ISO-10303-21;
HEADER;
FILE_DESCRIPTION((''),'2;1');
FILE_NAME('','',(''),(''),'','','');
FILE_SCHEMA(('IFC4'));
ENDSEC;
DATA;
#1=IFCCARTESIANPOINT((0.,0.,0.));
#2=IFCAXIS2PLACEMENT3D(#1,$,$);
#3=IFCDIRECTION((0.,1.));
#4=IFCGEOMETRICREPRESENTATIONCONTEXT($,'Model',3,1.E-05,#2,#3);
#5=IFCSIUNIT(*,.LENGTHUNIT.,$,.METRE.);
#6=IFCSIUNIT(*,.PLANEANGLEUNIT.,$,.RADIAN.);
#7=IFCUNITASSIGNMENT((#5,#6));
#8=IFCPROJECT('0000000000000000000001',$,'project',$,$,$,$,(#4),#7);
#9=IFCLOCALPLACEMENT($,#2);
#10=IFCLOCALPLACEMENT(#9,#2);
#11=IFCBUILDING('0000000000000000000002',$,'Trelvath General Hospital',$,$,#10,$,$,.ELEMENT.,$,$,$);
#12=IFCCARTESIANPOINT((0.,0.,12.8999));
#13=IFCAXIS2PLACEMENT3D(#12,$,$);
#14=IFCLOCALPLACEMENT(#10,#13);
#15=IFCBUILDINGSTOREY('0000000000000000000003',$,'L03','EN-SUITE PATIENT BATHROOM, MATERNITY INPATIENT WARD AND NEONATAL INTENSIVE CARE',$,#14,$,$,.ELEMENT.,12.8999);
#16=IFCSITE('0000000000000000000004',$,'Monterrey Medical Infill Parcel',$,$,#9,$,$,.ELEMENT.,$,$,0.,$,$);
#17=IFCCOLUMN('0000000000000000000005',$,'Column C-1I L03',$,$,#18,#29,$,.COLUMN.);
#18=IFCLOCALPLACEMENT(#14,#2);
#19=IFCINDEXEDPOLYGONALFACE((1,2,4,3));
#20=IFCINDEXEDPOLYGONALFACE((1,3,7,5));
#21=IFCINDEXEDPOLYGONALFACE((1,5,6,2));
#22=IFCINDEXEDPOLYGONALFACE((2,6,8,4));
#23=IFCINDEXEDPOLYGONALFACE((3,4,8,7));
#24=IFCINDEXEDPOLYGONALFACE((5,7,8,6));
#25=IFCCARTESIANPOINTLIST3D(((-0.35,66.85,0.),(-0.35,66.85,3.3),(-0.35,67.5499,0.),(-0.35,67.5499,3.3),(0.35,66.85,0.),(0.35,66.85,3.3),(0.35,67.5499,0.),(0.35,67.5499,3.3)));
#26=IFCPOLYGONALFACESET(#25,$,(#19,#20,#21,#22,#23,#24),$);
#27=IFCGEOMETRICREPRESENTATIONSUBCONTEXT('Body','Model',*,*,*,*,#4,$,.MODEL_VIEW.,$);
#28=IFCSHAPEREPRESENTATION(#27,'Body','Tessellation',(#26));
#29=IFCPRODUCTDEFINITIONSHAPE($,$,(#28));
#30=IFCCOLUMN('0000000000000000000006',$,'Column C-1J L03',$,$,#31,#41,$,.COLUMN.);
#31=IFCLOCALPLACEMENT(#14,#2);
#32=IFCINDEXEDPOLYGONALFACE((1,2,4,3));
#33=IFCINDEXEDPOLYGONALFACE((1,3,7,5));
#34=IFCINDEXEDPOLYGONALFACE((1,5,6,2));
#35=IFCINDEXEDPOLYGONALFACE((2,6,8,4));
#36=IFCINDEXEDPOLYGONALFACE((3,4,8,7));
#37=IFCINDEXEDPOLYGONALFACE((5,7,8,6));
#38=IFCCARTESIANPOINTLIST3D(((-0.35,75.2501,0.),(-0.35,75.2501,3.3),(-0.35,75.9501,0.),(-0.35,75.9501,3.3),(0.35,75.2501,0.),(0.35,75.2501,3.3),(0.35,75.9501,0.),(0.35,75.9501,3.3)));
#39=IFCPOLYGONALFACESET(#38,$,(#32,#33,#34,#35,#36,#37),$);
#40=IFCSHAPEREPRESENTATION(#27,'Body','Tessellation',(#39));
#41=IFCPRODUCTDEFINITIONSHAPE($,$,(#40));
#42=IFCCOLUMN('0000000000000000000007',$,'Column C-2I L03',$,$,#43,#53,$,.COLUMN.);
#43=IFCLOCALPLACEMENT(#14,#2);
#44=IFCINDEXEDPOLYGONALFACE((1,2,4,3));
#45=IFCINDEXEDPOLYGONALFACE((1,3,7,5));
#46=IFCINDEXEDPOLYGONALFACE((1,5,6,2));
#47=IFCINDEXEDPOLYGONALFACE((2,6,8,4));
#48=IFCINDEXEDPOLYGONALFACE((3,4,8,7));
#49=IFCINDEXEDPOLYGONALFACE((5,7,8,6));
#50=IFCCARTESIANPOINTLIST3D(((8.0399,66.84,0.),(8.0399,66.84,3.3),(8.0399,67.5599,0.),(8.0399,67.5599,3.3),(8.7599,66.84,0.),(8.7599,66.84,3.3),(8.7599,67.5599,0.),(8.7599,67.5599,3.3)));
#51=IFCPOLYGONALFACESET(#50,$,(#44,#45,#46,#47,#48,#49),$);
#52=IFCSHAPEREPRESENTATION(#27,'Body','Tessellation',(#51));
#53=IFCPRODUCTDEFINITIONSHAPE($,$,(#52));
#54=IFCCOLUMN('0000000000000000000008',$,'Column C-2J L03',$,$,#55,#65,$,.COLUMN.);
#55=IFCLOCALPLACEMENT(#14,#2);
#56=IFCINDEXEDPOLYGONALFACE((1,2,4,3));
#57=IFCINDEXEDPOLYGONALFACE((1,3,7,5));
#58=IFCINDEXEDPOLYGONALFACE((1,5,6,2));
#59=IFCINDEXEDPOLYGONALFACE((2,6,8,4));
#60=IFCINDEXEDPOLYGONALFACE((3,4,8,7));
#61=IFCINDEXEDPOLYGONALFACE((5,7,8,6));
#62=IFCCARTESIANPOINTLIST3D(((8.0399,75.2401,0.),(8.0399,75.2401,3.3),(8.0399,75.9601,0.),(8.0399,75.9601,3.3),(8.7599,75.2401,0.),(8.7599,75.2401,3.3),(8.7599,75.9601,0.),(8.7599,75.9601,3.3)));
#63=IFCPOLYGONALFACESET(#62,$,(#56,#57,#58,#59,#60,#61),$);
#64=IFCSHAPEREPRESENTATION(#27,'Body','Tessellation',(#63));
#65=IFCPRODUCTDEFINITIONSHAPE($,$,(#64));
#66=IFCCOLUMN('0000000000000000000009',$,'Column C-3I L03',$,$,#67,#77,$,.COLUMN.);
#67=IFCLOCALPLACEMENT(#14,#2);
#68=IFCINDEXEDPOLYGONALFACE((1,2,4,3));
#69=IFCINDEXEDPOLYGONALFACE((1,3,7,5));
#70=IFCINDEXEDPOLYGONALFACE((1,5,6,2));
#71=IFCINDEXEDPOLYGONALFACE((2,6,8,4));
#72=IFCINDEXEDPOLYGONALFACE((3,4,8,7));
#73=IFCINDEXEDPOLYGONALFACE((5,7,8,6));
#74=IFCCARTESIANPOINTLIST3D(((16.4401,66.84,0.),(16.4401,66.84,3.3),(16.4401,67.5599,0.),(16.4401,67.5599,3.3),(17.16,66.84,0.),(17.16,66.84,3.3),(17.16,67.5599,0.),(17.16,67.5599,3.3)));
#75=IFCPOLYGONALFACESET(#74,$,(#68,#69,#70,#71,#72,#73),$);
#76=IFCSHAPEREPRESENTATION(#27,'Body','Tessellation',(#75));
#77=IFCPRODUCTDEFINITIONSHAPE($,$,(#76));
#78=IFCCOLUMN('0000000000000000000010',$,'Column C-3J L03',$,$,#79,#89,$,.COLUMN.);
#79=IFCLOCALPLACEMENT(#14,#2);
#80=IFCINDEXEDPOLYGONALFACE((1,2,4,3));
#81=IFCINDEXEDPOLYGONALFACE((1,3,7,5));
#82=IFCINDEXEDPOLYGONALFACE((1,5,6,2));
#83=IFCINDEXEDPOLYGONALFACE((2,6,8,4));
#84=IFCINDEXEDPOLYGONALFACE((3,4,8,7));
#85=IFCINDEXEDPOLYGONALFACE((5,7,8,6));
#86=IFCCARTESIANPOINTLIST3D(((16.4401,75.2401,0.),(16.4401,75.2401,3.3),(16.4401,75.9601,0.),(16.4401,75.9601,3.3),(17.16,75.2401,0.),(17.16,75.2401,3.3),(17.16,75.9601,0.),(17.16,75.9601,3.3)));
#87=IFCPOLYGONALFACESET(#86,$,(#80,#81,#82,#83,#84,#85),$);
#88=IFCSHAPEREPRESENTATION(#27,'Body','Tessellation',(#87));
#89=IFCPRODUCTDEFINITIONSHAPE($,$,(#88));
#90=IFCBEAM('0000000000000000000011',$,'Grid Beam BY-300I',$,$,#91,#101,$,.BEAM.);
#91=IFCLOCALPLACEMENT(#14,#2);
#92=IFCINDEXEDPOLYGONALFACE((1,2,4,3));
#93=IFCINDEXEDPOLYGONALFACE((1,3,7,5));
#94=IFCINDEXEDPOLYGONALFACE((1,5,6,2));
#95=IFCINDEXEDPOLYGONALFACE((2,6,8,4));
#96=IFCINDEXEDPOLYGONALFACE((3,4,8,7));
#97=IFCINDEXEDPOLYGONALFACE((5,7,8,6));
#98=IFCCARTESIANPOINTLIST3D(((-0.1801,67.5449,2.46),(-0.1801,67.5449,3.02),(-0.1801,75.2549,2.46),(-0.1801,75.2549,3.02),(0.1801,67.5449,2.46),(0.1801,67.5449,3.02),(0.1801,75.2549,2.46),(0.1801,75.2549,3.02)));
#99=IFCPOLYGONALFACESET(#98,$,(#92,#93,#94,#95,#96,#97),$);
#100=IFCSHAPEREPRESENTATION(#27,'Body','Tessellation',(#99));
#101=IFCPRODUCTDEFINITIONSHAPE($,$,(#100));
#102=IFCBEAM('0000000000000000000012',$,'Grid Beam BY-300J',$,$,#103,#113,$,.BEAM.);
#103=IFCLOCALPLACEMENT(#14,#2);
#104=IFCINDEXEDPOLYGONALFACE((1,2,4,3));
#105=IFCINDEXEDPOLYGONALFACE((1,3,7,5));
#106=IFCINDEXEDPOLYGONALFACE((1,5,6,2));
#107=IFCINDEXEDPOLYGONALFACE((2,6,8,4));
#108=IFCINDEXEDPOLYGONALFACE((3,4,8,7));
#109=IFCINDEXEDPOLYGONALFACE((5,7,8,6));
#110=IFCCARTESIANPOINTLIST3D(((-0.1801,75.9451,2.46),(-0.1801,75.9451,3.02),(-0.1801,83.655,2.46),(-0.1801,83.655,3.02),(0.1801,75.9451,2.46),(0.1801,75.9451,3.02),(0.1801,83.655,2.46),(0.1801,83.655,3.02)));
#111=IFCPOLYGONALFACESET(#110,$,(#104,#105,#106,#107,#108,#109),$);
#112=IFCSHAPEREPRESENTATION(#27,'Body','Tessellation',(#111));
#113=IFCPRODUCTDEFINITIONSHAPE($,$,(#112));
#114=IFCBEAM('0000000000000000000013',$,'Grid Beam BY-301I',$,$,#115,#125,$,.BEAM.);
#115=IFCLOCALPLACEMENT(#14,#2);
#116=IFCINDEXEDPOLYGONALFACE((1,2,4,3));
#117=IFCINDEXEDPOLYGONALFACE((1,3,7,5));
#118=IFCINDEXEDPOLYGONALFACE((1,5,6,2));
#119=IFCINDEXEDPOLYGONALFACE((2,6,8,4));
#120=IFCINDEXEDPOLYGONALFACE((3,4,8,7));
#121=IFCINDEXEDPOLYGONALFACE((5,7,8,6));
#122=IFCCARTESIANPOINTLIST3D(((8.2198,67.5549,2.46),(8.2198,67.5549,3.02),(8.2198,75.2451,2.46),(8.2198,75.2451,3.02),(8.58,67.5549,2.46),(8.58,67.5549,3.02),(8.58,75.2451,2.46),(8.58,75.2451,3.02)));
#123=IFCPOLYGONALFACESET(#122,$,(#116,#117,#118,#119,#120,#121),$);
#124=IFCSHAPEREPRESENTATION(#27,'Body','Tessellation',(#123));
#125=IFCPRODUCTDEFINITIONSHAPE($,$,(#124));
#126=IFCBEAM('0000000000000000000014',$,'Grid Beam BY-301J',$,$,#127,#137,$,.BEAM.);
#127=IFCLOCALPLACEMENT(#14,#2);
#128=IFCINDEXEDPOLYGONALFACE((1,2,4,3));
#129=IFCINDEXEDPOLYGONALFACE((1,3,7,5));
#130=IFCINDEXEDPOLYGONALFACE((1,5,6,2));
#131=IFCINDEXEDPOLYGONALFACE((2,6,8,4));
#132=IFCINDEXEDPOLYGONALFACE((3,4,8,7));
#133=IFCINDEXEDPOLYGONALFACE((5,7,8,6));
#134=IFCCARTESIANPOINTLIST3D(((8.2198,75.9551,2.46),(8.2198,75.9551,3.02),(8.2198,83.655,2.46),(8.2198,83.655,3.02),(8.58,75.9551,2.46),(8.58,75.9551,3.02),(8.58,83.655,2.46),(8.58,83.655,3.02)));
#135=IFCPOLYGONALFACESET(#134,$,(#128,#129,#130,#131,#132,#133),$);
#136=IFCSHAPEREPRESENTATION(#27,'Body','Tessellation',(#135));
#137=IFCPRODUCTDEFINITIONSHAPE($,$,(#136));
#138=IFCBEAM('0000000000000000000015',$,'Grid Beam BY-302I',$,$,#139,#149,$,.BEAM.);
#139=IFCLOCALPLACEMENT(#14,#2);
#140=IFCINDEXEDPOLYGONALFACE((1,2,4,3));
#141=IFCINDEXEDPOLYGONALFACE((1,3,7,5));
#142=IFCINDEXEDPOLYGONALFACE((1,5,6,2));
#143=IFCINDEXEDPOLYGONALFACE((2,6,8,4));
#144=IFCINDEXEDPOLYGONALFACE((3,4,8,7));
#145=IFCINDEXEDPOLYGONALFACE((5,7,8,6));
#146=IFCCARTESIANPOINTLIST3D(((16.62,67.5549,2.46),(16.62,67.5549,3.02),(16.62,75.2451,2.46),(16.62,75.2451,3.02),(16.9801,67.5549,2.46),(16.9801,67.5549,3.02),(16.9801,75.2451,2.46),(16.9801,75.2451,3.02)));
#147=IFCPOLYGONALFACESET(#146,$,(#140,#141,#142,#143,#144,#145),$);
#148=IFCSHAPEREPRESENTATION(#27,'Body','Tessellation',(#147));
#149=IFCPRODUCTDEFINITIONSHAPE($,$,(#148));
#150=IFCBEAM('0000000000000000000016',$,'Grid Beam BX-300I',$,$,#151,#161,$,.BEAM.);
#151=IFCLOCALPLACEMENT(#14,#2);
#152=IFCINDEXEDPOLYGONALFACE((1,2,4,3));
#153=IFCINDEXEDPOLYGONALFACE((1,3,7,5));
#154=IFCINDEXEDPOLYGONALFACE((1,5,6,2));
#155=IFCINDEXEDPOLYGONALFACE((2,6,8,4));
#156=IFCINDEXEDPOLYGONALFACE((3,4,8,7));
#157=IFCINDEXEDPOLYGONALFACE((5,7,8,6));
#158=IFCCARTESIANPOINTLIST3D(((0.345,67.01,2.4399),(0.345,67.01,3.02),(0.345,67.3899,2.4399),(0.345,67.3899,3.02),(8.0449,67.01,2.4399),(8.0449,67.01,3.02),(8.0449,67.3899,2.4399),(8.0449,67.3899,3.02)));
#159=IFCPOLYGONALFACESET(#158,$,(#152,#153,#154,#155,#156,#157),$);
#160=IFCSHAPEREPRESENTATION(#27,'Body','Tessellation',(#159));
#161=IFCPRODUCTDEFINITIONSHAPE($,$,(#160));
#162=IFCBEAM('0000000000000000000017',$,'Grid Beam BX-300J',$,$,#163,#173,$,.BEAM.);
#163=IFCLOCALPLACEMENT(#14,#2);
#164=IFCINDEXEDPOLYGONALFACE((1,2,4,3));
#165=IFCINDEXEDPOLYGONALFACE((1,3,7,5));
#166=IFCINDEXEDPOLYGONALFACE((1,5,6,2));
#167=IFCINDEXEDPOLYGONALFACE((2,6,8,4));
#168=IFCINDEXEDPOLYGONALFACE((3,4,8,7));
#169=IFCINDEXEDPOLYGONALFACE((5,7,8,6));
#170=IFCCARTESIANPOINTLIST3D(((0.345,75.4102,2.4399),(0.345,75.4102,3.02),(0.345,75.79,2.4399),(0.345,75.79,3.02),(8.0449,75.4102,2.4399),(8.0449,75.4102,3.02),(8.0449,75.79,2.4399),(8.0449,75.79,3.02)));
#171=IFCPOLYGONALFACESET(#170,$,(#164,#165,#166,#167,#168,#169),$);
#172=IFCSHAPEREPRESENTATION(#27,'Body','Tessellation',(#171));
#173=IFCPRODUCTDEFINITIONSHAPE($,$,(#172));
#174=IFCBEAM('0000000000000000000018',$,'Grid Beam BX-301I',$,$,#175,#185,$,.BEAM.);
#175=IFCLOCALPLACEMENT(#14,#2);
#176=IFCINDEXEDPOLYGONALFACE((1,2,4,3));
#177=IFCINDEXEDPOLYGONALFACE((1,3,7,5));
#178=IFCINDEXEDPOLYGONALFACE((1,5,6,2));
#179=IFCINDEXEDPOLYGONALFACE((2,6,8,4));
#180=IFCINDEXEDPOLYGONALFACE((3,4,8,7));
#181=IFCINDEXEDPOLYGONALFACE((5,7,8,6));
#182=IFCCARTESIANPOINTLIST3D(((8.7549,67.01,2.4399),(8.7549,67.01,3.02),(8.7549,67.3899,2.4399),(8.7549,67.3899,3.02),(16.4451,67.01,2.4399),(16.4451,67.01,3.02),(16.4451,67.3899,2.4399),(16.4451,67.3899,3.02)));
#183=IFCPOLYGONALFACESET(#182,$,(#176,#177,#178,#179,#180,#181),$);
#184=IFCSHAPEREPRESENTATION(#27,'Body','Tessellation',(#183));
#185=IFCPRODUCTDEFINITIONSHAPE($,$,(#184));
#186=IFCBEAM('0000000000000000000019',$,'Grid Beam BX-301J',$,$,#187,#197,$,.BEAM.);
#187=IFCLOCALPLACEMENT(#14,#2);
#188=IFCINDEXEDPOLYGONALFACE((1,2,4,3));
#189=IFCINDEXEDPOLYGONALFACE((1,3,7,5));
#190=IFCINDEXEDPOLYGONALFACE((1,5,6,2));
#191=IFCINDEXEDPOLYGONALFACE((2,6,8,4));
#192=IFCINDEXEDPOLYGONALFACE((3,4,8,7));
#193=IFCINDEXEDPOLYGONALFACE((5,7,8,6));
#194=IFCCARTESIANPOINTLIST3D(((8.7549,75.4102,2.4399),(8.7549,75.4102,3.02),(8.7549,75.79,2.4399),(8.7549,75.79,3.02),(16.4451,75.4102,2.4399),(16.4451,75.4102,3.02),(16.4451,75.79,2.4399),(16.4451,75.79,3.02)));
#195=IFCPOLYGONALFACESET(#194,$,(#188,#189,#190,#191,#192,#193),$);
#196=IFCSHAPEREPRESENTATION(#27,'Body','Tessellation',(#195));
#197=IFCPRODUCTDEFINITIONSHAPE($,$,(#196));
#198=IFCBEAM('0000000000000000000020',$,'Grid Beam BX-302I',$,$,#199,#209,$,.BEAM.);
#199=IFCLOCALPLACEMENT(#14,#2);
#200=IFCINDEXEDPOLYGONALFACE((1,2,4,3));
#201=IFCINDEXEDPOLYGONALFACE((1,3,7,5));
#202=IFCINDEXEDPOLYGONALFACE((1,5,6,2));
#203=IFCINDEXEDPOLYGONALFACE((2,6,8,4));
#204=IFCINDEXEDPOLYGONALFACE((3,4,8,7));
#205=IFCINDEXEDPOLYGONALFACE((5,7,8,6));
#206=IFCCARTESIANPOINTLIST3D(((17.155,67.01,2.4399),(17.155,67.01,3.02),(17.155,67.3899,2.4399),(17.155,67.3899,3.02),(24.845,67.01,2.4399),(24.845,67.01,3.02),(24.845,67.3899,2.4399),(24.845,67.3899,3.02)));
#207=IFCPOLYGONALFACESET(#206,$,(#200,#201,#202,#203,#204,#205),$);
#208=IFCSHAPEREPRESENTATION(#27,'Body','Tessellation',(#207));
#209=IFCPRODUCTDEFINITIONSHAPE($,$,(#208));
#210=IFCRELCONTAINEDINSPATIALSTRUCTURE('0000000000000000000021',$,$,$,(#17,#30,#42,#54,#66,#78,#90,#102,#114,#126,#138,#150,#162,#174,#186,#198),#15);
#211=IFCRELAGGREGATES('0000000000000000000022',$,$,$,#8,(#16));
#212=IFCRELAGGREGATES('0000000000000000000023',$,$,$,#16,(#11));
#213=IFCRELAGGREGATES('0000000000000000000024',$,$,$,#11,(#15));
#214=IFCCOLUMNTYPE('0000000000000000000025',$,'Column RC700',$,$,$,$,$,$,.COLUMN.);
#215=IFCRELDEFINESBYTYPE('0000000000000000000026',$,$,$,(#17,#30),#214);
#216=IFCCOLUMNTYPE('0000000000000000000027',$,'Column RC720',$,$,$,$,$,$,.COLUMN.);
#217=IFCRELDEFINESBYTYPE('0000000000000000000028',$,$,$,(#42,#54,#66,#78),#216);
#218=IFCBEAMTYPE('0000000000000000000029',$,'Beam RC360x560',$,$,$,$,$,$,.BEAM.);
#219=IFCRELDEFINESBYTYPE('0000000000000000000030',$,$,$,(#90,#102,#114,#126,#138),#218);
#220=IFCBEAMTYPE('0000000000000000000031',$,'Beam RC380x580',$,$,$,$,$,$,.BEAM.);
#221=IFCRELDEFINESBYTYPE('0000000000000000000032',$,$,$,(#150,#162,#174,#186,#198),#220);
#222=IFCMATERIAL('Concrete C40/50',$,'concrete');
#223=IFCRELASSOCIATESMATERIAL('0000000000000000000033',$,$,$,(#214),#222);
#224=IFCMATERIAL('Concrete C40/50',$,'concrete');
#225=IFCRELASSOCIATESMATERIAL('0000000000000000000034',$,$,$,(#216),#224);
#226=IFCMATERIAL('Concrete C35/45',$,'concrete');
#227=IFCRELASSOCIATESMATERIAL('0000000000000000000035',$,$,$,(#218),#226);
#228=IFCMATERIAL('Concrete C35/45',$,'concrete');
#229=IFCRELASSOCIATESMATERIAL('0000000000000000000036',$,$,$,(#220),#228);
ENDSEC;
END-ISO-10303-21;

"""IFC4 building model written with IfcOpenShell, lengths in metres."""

from ifc_helpers import new_model, si_unit, direction, frame, origin, origin_2d, place, context, subcontext, project, spatial, rectangle, extrude, material, material_profile, profile_set, type_object, element, save


model = new_model("IFC4")

# Units and contexts
model_context = context("Model", 3, precision=1e-05, world=origin(), true_north=direction((0.0, 1.0)))
body_context = subcontext(model_context, "Body", "Model", "MODEL_VIEW")
ifc_project = project(units=[si_unit("LENGTHUNIT", "METRE"), si_unit("PLANEANGLEUNIT", "RADIAN")], contexts=[model_context])

# Site, building, storey
site_placement = place(None, origin())
site = spatial("IfcSite", under=ifc_project, at=site_placement, Name="Monterrey Medical Infill Parcel", CompositionType="ELEMENT", RefElevation=0.0)
building_placement = place(site_placement, origin())
building = spatial("IfcBuilding", under=site, at=building_placement, Name="Trelvath General Hospital", CompositionType="ELEMENT")
storey_placement = place(building_placement, frame((0.0, 0.0, 12.8999)))
storey = spatial("IfcBuildingStorey", under=building, at=storey_placement, Name="L03", Description="EN-SUITE PATIENT BATHROOM, MATERNITY INPATIENT WARD AND NEONATAL INTENSIVE CARE", CompositionType="ELEMENT", Elevation=12.8999)

# Columns
ifc_material_1 = material(Name="Concrete C40/50", Category="concrete")
ifc_material_profile_1 = material_profile(ifc_material_1, rectangle(XDim=0.7, YDim=0.7, at=origin_2d()), Name="RC700x700")
ifc_profile_set_1 = profile_set([ifc_material_profile_1], Name="Concrete C40/50")
column_type_1 = type_object("IfcColumnType", Name="Column RC700", PredefinedType="COLUMN", material=ifc_profile_set_1)
for number, where, z_axis, x_axis, name in (
    (1, (0.0, 67.2, 0.0), (0.0, 0.0, 1.0), (1.0, 0.0, 0.0), "Column C-1I L03"),
    (2, (0.0, 75.6001, 0.0), (0.0, 0.0, 1.0), (1.0, 0.0, 0.0), "Column C-1J L03"),
):
    element("IfcColumn", number, at=place(storey_placement, frame(where, z_axis=z_axis, x_axis=x_axis)), inside=storey, type_object=column_type_1, Name=name, PredefinedType="COLUMN", context=body_context, shape_type="SweptSolid", body=[
        extrude(rectangle(XDim=0.7, YDim=0.7, at=origin_2d()), origin(), (0.0, 0.0, 1.0), 3.3),
    ])
ifc_material_2 = material(Name="Concrete C40/50", Category="concrete")
ifc_material_profile_2 = material_profile(ifc_material_2, rectangle(XDim=0.72, YDim=0.72, at=origin_2d()), Name="RC720x720")
ifc_profile_set_2 = profile_set([ifc_material_profile_2], Name="Concrete C40/50")
column_type_2 = type_object("IfcColumnType", Name="Column RC720", PredefinedType="COLUMN", material=ifc_profile_set_2)
for number, where, z_axis, x_axis, name in (
    (3, (8.3999, 67.2, 0.0), (0.0, 0.0, 1.0), (1.0, 0.0, 0.0), "Column C-2I L03"),
    (4, (8.3999, 75.6001, 0.0), (0.0, 0.0, 1.0), (1.0, 0.0, 0.0), "Column C-2J L03"),
    (5, (16.8, 67.2, 0.0), (0.0, 0.0, 1.0), (1.0, 0.0, 0.0), "Column C-3I L03"),
    (6, (16.8, 75.6001, 0.0), (0.0, 0.0, 1.0), (1.0, 0.0, 0.0), "Column C-3J L03"),
):
    element("IfcColumn", number, at=place(storey_placement, frame(where, z_axis=z_axis, x_axis=x_axis)), inside=storey, type_object=column_type_2, Name=name, PredefinedType="COLUMN", context=body_context, shape_type="SweptSolid", body=[
        extrude(rectangle(XDim=0.72, YDim=0.72, at=origin_2d()), origin(), (0.0, 0.0, 1.0), 3.3),
    ])

# Beams
ifc_material_3 = material(Name="Concrete C35/45", Category="concrete")
ifc_material_profile_3 = material_profile(ifc_material_3, rectangle(XDim=0.3601, YDim=0.5601, at=origin_2d()), Name="RCB360x560")
ifc_profile_set_3 = profile_set([ifc_material_profile_3], Name="Concrete C35/45")
beam_type_1 = type_object("IfcBeamType", Name="Beam RC360x560", PredefinedType="BEAM", material=ifc_profile_set_3)
for number, where, z_axis, x_axis, name in (
    (7, (0.0, 67.5449, 2.74), (0.0, 1.0, 0.0), (-1.0, 0.0, 0.0), "Grid Beam BY-300I"),
    (8, (0.0, 75.9451, 2.74), (0.0, 1.0, 0.0), (-1.0, 0.0, 0.0), "Grid Beam BY-300J"),
):
    element("IfcBeam", number, at=place(storey_placement, frame(where, z_axis=z_axis, x_axis=x_axis)), inside=storey, type_object=beam_type_1, Name=name, PredefinedType="BEAM", context=body_context, shape_type="SweptSolid", body=[
        extrude(rectangle(XDim=0.3601, YDim=0.5601, at=origin_2d()), origin(), (0.0, 0.0, 1.0), 7.71),
    ])
beam_1_placement = place(storey_placement, frame((8.3999, 67.5549, 2.74), z_axis=(0.0, 1.0, 0.0), x_axis=(-1.0, 0.0, 0.0)))
element("IfcBeam", 9, at=beam_1_placement, inside=storey, type_object=beam_type_1, Name="Grid Beam BY-301I", PredefinedType="BEAM", context=body_context, shape_type="SweptSolid", body=[
    extrude(rectangle(XDim=0.3601, YDim=0.5601, at=origin_2d()), origin(), (0.0, 0.0, 1.0), 7.6902),
])
beam_2_placement = place(storey_placement, frame((8.3999, 75.9551, 2.74), z_axis=(0.0, 1.0, 0.0), x_axis=(-1.0, 0.0, 0.0)))
element("IfcBeam", 10, at=beam_2_placement, inside=storey, type_object=beam_type_1, Name="Grid Beam BY-301J", PredefinedType="BEAM", context=body_context, shape_type="SweptSolid", body=[
    extrude(rectangle(XDim=0.3601, YDim=0.5601, at=origin_2d()), origin(), (0.0, 0.0, 1.0), 7.7),
])
beam_3_placement = place(storey_placement, frame((16.8, 67.5549, 2.74), z_axis=(0.0, 1.0, 0.0), x_axis=(-1.0, 0.0, 0.0)))
element("IfcBeam", 11, at=beam_3_placement, inside=storey, type_object=beam_type_1, Name="Grid Beam BY-302I", PredefinedType="BEAM", context=body_context, shape_type="SweptSolid", body=[
    extrude(rectangle(XDim=0.3601, YDim=0.5601, at=origin_2d()), origin(), (0.0, 0.0, 1.0), 7.6902),
])
ifc_material_4 = material(Name="Concrete C35/45", Category="concrete")
ifc_material_profile_4 = material_profile(ifc_material_4, rectangle(XDim=0.3799, YDim=0.5801, at=origin_2d()), Name="RCB380x580")
ifc_profile_set_4 = profile_set([ifc_material_profile_4], Name="Concrete C35/45")
beam_type_2 = type_object("IfcBeamType", Name="Beam RC380x580", PredefinedType="BEAM", material=ifc_profile_set_4)
for number, where, z_axis, x_axis, name in (
    (12, (0.345, 67.2, 2.73), (1.0, 0.0, 0.0), (0.0, 1.0, 0.0), "Grid Beam BX-300I"),
    (13, (0.345, 75.6001, 2.73), (1.0, 0.0, 0.0), (0.0, 1.0, 0.0), "Grid Beam BX-300J"),
):
    element("IfcBeam", number, at=place(storey_placement, frame(where, z_axis=z_axis, x_axis=x_axis)), inside=storey, type_object=beam_type_2, Name=name, PredefinedType="BEAM", context=body_context, shape_type="SweptSolid", body=[
        extrude(rectangle(XDim=0.3799, YDim=0.5801, at=origin_2d()), origin(), (0.0, 0.0, 1.0), 7.7),
    ])
for number, where, z_axis, x_axis, name in (
    (14, (8.7549, 67.2, 2.73), (1.0, 0.0, 0.0), (0.0, 1.0, 0.0), "Grid Beam BX-301I"),
    (15, (8.7549, 75.6001, 2.73), (1.0, 0.0, 0.0), (0.0, 1.0, 0.0), "Grid Beam BX-301J"),
):
    element("IfcBeam", number, at=place(storey_placement, frame(where, z_axis=z_axis, x_axis=x_axis)), inside=storey, type_object=beam_type_2, Name=name, PredefinedType="BEAM", context=body_context, shape_type="SweptSolid", body=[
        extrude(rectangle(XDim=0.3799, YDim=0.5801, at=origin_2d()), origin(), (0.0, 0.0, 1.0), 7.6902),
    ])
for number, where, z_axis, x_axis, name in (
    (16, (17.155, 67.2, 2.73), (1.0, 0.0, 0.0), (0.0, 1.0, 0.0), "Grid Beam BX-302I"),
):
    element("IfcBeam", number, at=place(storey_placement, frame(where, z_axis=z_axis, x_axis=x_axis)), inside=storey, type_object=beam_type_2, Name=name, PredefinedType="BEAM", context=body_context, shape_type="SweptSolid", body=[
        extrude(rectangle(XDim=0.3799, YDim=0.5801, at=origin_2d()), origin(), (0.0, 0.0, 1.0), 7.6899),
    ])

save(model, "model.ifc")
